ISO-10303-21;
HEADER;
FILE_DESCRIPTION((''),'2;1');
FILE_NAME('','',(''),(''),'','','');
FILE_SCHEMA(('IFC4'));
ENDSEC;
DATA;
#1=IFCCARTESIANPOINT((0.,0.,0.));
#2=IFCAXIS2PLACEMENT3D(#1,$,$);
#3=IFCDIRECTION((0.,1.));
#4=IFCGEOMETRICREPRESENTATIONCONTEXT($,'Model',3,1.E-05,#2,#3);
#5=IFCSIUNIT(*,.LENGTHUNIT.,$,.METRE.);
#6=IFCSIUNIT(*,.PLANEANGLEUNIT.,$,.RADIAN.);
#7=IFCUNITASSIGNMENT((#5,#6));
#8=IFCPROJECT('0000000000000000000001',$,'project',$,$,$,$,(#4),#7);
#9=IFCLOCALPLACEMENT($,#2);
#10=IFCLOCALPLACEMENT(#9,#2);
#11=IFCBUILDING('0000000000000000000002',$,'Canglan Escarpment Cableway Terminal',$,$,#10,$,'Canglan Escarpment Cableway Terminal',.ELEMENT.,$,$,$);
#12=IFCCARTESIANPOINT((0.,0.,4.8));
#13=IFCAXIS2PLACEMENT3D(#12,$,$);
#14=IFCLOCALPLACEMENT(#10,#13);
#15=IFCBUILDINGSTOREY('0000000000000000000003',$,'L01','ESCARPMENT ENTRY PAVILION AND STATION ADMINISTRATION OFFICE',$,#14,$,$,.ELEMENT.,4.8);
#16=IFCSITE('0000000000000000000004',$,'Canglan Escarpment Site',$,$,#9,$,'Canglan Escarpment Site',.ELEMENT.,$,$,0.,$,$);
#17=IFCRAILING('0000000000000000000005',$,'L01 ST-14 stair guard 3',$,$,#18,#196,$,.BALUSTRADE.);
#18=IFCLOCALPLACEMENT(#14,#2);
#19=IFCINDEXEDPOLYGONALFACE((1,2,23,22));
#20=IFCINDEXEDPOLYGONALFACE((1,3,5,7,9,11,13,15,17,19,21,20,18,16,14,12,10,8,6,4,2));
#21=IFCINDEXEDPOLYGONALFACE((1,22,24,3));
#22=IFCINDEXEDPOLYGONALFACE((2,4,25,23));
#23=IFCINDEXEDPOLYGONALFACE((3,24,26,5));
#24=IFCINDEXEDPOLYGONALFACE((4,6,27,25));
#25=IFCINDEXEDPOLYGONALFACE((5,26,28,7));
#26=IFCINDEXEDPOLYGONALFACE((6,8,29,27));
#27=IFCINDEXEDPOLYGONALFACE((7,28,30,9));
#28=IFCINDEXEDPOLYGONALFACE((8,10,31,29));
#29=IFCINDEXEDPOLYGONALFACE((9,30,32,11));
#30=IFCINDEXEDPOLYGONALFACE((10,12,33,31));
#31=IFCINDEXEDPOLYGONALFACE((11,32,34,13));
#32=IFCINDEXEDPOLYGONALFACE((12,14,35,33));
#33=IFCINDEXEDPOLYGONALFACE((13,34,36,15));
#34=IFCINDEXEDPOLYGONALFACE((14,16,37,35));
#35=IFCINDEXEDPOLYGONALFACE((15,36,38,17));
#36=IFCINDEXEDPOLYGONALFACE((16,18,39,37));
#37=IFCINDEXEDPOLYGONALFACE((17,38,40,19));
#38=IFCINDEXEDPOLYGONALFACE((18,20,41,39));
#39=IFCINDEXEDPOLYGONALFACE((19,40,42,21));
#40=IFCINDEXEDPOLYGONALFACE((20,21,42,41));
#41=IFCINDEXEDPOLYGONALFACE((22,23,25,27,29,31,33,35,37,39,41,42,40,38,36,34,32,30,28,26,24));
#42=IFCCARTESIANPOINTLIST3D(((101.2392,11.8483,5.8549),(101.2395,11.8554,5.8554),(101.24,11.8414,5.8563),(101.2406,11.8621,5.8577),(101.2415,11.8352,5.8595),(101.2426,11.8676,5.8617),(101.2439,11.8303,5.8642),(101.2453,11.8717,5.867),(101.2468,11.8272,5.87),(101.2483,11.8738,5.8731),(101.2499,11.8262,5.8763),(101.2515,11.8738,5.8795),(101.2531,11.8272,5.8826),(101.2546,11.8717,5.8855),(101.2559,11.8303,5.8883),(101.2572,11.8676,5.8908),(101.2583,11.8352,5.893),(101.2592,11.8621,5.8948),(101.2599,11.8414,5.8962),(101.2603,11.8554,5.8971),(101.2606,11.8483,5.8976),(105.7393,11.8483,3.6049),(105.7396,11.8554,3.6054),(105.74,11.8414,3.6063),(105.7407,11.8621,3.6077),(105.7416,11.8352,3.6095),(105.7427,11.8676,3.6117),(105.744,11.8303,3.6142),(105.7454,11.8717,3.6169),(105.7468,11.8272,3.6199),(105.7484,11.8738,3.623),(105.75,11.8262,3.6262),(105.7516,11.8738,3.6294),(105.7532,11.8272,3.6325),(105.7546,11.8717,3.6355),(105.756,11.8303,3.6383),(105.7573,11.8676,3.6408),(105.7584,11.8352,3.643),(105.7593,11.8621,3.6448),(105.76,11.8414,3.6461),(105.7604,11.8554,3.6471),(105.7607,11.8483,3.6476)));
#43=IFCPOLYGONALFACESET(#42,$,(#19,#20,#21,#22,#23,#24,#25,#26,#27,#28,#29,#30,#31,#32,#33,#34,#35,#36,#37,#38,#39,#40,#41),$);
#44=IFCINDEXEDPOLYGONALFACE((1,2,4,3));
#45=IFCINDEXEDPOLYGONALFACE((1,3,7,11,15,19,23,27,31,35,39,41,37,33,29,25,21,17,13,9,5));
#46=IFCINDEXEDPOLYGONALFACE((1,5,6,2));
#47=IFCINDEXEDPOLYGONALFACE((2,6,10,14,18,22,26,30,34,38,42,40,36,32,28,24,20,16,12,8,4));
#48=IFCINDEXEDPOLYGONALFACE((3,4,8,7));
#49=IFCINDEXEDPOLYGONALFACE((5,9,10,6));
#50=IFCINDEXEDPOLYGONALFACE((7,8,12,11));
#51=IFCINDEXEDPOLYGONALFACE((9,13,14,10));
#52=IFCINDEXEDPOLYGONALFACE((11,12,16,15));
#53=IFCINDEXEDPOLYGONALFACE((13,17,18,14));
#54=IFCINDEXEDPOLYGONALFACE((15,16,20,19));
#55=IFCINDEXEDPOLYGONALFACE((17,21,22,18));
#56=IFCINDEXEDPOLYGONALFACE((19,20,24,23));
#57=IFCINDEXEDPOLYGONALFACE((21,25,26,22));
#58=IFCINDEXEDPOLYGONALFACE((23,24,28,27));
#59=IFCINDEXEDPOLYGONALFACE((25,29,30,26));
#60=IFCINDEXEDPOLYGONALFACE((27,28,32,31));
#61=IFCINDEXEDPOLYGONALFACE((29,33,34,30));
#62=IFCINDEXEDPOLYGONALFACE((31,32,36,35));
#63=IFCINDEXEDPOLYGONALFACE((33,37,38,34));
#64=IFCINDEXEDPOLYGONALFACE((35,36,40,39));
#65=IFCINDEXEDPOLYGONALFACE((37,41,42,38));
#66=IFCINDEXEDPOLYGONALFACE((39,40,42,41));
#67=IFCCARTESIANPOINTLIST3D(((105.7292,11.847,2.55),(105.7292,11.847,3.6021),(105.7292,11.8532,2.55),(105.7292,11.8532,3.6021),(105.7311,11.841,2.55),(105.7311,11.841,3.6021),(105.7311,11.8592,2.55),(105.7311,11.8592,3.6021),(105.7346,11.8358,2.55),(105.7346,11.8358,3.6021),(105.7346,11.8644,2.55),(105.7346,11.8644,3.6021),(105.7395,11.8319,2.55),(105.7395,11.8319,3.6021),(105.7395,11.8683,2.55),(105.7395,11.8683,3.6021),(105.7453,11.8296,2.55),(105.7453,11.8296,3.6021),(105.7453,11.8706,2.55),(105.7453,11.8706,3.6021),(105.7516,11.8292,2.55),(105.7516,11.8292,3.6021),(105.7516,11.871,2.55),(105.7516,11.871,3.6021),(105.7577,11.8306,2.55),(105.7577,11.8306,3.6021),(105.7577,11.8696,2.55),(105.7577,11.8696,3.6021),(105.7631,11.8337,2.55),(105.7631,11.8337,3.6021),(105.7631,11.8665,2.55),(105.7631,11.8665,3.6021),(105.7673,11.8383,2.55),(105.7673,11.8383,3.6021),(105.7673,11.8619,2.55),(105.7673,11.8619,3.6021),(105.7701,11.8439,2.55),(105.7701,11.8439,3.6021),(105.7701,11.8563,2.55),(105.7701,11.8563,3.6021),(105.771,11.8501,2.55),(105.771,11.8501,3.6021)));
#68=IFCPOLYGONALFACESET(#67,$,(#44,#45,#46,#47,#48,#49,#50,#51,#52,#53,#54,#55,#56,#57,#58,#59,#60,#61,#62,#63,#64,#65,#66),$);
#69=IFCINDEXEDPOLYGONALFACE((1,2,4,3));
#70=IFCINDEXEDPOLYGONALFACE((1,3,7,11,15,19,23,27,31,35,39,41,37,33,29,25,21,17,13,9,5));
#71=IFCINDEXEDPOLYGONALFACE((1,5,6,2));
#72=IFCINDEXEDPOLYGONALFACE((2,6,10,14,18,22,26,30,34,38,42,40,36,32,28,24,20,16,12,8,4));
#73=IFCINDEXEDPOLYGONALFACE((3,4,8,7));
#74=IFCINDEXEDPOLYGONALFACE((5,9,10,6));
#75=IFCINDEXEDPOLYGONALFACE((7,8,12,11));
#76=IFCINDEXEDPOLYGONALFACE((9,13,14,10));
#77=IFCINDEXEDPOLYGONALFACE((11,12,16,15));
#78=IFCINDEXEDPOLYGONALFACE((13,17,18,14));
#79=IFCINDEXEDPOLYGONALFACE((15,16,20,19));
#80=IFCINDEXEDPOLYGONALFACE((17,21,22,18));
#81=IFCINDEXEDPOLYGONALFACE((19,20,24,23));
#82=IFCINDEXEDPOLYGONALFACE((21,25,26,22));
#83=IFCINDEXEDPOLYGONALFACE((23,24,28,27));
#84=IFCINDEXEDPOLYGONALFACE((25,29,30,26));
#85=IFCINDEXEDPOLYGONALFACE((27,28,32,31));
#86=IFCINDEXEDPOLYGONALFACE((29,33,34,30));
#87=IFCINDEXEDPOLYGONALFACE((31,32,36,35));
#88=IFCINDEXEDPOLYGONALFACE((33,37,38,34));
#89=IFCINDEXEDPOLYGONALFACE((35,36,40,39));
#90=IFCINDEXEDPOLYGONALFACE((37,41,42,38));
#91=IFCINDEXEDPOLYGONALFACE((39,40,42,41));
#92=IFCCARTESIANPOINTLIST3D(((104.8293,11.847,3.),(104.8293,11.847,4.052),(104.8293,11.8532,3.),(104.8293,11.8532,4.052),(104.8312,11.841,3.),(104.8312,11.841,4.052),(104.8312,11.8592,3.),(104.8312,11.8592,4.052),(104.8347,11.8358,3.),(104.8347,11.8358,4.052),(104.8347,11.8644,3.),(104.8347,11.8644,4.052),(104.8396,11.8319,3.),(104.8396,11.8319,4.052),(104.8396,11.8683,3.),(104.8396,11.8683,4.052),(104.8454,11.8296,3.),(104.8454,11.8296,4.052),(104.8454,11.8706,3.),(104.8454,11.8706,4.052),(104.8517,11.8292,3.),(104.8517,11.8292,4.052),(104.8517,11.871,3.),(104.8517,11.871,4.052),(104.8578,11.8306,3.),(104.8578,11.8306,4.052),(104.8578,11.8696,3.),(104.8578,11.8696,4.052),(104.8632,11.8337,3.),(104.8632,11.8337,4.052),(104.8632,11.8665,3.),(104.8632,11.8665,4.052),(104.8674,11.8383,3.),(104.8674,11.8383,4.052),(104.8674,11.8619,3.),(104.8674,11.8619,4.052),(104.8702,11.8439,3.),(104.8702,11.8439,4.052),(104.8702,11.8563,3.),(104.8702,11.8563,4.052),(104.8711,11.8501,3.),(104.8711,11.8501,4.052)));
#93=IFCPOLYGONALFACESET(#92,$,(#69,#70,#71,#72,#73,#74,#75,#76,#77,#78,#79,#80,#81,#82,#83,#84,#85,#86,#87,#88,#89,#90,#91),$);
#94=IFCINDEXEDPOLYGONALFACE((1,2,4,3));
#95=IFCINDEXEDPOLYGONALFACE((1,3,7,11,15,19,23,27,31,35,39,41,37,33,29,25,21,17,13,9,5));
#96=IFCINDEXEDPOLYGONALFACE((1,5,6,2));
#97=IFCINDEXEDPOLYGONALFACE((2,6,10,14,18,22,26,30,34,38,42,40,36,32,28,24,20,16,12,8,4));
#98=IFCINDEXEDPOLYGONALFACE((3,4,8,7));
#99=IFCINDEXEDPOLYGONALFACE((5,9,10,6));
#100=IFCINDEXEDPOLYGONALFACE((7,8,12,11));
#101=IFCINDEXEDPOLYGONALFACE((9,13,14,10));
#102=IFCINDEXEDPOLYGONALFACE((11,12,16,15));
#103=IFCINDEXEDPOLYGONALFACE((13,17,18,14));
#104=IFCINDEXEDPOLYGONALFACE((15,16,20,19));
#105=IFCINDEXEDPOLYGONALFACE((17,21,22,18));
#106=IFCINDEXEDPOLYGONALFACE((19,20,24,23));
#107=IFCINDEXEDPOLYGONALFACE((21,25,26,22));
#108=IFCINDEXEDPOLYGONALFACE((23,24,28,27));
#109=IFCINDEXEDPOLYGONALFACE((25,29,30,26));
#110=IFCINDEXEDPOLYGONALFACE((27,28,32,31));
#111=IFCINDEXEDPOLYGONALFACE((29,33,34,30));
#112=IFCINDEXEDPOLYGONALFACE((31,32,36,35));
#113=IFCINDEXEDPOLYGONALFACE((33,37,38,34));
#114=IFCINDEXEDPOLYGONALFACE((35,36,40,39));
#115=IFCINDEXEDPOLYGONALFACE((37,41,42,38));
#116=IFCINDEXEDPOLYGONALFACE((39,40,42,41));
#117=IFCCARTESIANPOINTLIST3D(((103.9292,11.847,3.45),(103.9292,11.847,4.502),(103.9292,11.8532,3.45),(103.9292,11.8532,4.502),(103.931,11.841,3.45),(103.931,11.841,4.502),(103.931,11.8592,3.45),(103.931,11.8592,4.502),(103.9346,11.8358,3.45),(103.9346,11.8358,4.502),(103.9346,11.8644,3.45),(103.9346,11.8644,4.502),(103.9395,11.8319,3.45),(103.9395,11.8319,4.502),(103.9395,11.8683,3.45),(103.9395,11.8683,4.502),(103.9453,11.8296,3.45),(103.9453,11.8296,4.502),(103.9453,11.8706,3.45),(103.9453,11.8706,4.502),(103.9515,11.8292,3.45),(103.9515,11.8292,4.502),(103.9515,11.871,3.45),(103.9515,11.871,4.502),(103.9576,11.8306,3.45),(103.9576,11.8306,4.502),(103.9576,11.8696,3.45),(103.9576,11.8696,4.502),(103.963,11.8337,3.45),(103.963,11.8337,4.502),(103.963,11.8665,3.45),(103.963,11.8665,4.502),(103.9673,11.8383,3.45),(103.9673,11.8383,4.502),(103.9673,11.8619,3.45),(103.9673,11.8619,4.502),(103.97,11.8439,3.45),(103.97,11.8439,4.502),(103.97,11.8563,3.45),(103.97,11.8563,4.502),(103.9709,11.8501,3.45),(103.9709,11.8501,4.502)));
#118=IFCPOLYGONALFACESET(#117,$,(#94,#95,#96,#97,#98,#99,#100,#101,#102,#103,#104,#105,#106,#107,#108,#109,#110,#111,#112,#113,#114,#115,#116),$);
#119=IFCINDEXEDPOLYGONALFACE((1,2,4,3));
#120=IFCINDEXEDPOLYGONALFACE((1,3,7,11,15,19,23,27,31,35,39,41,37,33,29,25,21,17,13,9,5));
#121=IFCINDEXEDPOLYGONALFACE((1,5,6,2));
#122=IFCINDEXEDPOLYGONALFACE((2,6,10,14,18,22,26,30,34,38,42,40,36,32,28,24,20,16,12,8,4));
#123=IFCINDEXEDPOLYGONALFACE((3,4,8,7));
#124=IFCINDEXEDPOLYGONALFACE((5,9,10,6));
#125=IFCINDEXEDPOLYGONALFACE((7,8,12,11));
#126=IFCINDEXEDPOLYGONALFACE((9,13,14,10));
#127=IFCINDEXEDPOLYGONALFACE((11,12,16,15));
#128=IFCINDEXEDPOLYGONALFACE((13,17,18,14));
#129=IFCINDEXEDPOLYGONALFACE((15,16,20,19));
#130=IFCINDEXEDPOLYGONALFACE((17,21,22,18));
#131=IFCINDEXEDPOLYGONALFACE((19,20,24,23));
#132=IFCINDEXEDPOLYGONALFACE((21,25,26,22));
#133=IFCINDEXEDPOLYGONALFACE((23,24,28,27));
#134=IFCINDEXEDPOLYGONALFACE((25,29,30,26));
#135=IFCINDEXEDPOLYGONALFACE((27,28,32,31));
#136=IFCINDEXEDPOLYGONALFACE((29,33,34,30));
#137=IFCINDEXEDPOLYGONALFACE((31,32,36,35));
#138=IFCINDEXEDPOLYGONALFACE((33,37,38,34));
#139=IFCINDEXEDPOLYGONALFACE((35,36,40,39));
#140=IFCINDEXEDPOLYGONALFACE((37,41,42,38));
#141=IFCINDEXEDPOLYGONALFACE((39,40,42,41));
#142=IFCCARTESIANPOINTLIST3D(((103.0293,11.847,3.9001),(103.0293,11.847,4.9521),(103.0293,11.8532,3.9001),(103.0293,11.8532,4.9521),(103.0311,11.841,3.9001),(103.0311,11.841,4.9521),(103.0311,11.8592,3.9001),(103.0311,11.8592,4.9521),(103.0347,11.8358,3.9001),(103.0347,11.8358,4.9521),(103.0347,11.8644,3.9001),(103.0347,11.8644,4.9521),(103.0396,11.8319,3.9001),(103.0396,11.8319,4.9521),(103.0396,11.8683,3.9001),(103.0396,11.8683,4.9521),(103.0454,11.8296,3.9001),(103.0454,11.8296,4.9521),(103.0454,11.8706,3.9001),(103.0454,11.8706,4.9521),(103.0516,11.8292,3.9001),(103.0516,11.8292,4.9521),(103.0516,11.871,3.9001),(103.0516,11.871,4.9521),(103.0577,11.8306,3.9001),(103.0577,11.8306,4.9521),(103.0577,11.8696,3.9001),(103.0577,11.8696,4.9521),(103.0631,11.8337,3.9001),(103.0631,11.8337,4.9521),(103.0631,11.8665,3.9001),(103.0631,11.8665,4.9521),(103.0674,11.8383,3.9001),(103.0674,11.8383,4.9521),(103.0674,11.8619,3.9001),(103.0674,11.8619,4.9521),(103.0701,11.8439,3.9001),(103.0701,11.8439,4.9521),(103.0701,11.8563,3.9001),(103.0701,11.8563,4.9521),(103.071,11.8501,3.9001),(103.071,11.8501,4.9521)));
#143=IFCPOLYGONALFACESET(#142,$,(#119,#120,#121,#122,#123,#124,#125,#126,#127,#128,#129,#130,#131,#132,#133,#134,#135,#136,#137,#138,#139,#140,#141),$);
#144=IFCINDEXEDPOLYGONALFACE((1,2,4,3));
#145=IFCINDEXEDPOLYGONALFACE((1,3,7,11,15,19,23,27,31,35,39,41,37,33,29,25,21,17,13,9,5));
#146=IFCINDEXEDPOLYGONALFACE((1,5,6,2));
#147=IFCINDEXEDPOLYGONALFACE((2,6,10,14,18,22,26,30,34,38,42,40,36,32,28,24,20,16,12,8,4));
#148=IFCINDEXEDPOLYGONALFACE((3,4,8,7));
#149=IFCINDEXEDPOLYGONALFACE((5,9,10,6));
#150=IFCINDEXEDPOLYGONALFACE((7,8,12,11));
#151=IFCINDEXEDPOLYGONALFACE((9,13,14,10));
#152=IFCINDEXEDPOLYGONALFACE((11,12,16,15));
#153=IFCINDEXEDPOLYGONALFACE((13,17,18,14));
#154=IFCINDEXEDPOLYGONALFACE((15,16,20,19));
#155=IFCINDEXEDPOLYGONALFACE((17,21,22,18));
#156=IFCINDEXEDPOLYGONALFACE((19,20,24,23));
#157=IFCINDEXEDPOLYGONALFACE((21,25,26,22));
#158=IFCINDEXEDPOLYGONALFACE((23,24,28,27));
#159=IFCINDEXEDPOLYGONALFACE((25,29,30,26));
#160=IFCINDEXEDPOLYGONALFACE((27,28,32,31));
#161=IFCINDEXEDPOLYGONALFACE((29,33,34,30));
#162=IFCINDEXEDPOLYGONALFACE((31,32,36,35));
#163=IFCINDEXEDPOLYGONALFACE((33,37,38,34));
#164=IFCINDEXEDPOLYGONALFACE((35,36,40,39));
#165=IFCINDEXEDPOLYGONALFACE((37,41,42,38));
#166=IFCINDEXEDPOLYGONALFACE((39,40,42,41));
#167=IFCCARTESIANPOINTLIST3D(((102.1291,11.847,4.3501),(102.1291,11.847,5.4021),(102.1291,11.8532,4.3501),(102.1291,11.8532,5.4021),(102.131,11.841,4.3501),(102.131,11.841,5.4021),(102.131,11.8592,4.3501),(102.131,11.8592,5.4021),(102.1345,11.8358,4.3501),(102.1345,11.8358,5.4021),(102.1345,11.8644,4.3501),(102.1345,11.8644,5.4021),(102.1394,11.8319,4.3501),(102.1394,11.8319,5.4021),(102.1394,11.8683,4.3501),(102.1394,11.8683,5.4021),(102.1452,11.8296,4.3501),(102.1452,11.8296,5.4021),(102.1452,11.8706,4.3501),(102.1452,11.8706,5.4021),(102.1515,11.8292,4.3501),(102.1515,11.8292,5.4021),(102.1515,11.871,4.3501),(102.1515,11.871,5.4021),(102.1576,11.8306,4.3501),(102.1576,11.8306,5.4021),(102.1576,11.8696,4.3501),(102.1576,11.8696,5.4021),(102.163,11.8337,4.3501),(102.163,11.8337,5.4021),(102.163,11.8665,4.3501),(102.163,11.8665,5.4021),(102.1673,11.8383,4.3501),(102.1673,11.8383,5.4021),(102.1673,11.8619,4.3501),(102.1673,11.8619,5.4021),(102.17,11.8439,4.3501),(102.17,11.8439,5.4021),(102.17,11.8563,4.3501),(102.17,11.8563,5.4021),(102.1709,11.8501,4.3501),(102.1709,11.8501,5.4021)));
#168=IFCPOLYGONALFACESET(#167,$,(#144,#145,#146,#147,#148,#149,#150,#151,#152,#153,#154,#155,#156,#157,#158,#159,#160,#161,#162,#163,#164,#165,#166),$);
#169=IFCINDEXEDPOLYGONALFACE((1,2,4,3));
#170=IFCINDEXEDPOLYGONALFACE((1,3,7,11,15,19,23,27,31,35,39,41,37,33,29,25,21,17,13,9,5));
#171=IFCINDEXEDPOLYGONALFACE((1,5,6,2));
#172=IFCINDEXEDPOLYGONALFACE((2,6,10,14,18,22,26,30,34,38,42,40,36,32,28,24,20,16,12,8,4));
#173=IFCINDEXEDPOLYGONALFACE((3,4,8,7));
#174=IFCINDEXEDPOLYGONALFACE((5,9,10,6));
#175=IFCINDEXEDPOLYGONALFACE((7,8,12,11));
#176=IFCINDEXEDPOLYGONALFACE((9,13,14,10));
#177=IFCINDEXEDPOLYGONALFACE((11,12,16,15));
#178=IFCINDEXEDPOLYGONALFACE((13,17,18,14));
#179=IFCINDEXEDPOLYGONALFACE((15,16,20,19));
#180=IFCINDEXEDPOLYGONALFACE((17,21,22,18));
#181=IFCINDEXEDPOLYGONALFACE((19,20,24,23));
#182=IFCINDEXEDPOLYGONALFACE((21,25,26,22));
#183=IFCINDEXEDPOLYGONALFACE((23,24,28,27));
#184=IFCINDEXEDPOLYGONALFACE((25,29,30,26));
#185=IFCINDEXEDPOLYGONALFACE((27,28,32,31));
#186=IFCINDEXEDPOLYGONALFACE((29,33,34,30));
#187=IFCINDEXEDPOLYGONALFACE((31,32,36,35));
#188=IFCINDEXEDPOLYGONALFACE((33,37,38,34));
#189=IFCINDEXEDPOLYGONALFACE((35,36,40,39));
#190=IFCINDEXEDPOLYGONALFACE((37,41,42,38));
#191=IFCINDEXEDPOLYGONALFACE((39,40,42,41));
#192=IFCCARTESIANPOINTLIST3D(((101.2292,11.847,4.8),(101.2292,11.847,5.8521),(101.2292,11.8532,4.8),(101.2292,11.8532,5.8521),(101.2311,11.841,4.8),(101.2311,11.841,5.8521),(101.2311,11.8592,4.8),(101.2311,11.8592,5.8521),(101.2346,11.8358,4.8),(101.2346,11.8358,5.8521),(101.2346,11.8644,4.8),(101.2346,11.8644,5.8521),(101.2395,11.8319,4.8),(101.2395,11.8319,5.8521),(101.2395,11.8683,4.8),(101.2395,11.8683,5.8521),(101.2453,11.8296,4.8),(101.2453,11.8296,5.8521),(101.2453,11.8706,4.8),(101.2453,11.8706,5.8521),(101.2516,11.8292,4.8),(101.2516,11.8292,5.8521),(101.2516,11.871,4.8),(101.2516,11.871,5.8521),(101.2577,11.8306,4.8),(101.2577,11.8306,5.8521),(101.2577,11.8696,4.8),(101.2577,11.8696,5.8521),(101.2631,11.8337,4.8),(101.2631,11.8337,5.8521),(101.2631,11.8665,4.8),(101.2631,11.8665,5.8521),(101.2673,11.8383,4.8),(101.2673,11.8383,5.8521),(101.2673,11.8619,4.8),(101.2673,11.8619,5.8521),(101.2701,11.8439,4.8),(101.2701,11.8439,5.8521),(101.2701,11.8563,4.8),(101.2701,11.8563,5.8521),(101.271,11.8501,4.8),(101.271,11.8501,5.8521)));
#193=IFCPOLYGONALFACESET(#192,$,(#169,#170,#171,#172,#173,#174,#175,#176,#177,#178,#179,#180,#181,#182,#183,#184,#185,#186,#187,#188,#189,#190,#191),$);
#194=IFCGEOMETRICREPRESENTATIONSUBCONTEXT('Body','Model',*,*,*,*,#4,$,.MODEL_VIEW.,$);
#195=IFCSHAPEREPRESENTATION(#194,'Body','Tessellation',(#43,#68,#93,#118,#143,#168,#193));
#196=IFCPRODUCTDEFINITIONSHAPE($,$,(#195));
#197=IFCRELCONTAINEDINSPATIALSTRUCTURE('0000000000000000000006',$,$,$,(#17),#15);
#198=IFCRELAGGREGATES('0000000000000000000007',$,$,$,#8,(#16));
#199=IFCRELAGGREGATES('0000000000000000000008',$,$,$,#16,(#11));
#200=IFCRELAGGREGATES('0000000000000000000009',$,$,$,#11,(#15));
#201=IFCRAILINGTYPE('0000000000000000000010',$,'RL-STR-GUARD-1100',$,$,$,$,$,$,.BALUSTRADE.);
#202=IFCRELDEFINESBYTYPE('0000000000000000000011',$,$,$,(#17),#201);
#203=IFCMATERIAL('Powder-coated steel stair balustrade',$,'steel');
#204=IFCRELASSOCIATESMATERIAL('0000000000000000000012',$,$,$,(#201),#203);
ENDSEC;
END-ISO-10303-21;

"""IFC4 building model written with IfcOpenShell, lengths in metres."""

from ifc_helpers import new_model, si_unit, direction, frame, origin, origin_2d, place, context, subcontext, project, spatial, circle, extrude, material, type_object, element, save


model = new_model("IFC4")

# Units and contexts
model_context = context("Model", 3, precision=1e-05, world=origin(), true_north=direction((0.0, 1.0)))
body_context = subcontext(model_context, "Body", "Model", "MODEL_VIEW")
ifc_project = project(units=[si_unit("LENGTHUNIT", "METRE"), si_unit("PLANEANGLEUNIT", "RADIAN")], contexts=[model_context])

# Site, building, storey
site_placement = place(None, origin())
site = spatial("IfcSite", under=ifc_project, at=site_placement, Name="Canglan Escarpment Site", LongName="Canglan Escarpment Site", CompositionType="ELEMENT", RefElevation=0.0)
building_placement = place(site_placement, origin())
building = spatial("IfcBuilding", under=site, at=building_placement, Name="Canglan Escarpment Cableway Terminal", LongName="Canglan Escarpment Cableway Terminal", CompositionType="ELEMENT")
storey_placement = place(building_placement, frame((0.0, 0.0, 4.8)))
storey = spatial("IfcBuildingStorey", under=building, at=storey_placement, Name="L01", Description="ESCARPMENT ENTRY PAVILION AND STATION ADMINISTRATION OFFICE", CompositionType="ELEMENT", Elevation=4.8)

# Railing
ifc_material_1 = material(Name="Powder-coated steel stair balustrade", Category="steel")
railing_type_1 = type_object("IfcRailingType", Name="RL-STR-GUARD-1100", PredefinedType="BALUSTRADE", material=ifc_material_1)
railing_1_placement = place(storey_placement, frame((105.75, 11.8501, 2.55)))
element("IfcRailing", 1, at=railing_1_placement, inside=storey, type_object=railing_type_1, Name="L01 ST-14 stair guard 3", PredefinedType="BALUSTRADE", context=body_context, shape_type="SweptSolid", body=[
    extrude(circle(Radius=0.0239, at=origin_2d()), frame((0.0, 0.0, 1.0762), z_axis=(-0.894427, 0.0, 0.447214), x_axis=(0.0, -1.0, 0.0)), (0.0, 0.0, 1.0), 5.0312),
    extrude(circle(Radius=0.021, at=origin_2d()), origin(), (0.0, 0.0, 1.0), 1.052),
    extrude(circle(Radius=0.021, at=origin_2d()), frame((-0.8999, 0.0, 0.45)), (0.0, 0.0, 1.0), 1.052),
    extrude(circle(Radius=0.021, at=origin_2d()), frame((-1.8, 0.0, 0.8999)), (0.0, 0.0, 1.0), 1.052),
    extrude(circle(Radius=0.021, at=origin_2d()), frame((-2.7, 0.0, 1.3501)), (0.0, 0.0, 1.0), 1.052),
    extrude(circle(Radius=0.021, at=origin_2d()), frame((-3.6001, 0.0, 1.8)), (0.0, 0.0, 1.0), 1.052),
    extrude(circle(Radius=0.021, at=origin_2d()), frame((-4.5, 0.0, 2.25)), (0.0, 0.0, 1.0), 1.052),
])

save(model, "model.ifc")
